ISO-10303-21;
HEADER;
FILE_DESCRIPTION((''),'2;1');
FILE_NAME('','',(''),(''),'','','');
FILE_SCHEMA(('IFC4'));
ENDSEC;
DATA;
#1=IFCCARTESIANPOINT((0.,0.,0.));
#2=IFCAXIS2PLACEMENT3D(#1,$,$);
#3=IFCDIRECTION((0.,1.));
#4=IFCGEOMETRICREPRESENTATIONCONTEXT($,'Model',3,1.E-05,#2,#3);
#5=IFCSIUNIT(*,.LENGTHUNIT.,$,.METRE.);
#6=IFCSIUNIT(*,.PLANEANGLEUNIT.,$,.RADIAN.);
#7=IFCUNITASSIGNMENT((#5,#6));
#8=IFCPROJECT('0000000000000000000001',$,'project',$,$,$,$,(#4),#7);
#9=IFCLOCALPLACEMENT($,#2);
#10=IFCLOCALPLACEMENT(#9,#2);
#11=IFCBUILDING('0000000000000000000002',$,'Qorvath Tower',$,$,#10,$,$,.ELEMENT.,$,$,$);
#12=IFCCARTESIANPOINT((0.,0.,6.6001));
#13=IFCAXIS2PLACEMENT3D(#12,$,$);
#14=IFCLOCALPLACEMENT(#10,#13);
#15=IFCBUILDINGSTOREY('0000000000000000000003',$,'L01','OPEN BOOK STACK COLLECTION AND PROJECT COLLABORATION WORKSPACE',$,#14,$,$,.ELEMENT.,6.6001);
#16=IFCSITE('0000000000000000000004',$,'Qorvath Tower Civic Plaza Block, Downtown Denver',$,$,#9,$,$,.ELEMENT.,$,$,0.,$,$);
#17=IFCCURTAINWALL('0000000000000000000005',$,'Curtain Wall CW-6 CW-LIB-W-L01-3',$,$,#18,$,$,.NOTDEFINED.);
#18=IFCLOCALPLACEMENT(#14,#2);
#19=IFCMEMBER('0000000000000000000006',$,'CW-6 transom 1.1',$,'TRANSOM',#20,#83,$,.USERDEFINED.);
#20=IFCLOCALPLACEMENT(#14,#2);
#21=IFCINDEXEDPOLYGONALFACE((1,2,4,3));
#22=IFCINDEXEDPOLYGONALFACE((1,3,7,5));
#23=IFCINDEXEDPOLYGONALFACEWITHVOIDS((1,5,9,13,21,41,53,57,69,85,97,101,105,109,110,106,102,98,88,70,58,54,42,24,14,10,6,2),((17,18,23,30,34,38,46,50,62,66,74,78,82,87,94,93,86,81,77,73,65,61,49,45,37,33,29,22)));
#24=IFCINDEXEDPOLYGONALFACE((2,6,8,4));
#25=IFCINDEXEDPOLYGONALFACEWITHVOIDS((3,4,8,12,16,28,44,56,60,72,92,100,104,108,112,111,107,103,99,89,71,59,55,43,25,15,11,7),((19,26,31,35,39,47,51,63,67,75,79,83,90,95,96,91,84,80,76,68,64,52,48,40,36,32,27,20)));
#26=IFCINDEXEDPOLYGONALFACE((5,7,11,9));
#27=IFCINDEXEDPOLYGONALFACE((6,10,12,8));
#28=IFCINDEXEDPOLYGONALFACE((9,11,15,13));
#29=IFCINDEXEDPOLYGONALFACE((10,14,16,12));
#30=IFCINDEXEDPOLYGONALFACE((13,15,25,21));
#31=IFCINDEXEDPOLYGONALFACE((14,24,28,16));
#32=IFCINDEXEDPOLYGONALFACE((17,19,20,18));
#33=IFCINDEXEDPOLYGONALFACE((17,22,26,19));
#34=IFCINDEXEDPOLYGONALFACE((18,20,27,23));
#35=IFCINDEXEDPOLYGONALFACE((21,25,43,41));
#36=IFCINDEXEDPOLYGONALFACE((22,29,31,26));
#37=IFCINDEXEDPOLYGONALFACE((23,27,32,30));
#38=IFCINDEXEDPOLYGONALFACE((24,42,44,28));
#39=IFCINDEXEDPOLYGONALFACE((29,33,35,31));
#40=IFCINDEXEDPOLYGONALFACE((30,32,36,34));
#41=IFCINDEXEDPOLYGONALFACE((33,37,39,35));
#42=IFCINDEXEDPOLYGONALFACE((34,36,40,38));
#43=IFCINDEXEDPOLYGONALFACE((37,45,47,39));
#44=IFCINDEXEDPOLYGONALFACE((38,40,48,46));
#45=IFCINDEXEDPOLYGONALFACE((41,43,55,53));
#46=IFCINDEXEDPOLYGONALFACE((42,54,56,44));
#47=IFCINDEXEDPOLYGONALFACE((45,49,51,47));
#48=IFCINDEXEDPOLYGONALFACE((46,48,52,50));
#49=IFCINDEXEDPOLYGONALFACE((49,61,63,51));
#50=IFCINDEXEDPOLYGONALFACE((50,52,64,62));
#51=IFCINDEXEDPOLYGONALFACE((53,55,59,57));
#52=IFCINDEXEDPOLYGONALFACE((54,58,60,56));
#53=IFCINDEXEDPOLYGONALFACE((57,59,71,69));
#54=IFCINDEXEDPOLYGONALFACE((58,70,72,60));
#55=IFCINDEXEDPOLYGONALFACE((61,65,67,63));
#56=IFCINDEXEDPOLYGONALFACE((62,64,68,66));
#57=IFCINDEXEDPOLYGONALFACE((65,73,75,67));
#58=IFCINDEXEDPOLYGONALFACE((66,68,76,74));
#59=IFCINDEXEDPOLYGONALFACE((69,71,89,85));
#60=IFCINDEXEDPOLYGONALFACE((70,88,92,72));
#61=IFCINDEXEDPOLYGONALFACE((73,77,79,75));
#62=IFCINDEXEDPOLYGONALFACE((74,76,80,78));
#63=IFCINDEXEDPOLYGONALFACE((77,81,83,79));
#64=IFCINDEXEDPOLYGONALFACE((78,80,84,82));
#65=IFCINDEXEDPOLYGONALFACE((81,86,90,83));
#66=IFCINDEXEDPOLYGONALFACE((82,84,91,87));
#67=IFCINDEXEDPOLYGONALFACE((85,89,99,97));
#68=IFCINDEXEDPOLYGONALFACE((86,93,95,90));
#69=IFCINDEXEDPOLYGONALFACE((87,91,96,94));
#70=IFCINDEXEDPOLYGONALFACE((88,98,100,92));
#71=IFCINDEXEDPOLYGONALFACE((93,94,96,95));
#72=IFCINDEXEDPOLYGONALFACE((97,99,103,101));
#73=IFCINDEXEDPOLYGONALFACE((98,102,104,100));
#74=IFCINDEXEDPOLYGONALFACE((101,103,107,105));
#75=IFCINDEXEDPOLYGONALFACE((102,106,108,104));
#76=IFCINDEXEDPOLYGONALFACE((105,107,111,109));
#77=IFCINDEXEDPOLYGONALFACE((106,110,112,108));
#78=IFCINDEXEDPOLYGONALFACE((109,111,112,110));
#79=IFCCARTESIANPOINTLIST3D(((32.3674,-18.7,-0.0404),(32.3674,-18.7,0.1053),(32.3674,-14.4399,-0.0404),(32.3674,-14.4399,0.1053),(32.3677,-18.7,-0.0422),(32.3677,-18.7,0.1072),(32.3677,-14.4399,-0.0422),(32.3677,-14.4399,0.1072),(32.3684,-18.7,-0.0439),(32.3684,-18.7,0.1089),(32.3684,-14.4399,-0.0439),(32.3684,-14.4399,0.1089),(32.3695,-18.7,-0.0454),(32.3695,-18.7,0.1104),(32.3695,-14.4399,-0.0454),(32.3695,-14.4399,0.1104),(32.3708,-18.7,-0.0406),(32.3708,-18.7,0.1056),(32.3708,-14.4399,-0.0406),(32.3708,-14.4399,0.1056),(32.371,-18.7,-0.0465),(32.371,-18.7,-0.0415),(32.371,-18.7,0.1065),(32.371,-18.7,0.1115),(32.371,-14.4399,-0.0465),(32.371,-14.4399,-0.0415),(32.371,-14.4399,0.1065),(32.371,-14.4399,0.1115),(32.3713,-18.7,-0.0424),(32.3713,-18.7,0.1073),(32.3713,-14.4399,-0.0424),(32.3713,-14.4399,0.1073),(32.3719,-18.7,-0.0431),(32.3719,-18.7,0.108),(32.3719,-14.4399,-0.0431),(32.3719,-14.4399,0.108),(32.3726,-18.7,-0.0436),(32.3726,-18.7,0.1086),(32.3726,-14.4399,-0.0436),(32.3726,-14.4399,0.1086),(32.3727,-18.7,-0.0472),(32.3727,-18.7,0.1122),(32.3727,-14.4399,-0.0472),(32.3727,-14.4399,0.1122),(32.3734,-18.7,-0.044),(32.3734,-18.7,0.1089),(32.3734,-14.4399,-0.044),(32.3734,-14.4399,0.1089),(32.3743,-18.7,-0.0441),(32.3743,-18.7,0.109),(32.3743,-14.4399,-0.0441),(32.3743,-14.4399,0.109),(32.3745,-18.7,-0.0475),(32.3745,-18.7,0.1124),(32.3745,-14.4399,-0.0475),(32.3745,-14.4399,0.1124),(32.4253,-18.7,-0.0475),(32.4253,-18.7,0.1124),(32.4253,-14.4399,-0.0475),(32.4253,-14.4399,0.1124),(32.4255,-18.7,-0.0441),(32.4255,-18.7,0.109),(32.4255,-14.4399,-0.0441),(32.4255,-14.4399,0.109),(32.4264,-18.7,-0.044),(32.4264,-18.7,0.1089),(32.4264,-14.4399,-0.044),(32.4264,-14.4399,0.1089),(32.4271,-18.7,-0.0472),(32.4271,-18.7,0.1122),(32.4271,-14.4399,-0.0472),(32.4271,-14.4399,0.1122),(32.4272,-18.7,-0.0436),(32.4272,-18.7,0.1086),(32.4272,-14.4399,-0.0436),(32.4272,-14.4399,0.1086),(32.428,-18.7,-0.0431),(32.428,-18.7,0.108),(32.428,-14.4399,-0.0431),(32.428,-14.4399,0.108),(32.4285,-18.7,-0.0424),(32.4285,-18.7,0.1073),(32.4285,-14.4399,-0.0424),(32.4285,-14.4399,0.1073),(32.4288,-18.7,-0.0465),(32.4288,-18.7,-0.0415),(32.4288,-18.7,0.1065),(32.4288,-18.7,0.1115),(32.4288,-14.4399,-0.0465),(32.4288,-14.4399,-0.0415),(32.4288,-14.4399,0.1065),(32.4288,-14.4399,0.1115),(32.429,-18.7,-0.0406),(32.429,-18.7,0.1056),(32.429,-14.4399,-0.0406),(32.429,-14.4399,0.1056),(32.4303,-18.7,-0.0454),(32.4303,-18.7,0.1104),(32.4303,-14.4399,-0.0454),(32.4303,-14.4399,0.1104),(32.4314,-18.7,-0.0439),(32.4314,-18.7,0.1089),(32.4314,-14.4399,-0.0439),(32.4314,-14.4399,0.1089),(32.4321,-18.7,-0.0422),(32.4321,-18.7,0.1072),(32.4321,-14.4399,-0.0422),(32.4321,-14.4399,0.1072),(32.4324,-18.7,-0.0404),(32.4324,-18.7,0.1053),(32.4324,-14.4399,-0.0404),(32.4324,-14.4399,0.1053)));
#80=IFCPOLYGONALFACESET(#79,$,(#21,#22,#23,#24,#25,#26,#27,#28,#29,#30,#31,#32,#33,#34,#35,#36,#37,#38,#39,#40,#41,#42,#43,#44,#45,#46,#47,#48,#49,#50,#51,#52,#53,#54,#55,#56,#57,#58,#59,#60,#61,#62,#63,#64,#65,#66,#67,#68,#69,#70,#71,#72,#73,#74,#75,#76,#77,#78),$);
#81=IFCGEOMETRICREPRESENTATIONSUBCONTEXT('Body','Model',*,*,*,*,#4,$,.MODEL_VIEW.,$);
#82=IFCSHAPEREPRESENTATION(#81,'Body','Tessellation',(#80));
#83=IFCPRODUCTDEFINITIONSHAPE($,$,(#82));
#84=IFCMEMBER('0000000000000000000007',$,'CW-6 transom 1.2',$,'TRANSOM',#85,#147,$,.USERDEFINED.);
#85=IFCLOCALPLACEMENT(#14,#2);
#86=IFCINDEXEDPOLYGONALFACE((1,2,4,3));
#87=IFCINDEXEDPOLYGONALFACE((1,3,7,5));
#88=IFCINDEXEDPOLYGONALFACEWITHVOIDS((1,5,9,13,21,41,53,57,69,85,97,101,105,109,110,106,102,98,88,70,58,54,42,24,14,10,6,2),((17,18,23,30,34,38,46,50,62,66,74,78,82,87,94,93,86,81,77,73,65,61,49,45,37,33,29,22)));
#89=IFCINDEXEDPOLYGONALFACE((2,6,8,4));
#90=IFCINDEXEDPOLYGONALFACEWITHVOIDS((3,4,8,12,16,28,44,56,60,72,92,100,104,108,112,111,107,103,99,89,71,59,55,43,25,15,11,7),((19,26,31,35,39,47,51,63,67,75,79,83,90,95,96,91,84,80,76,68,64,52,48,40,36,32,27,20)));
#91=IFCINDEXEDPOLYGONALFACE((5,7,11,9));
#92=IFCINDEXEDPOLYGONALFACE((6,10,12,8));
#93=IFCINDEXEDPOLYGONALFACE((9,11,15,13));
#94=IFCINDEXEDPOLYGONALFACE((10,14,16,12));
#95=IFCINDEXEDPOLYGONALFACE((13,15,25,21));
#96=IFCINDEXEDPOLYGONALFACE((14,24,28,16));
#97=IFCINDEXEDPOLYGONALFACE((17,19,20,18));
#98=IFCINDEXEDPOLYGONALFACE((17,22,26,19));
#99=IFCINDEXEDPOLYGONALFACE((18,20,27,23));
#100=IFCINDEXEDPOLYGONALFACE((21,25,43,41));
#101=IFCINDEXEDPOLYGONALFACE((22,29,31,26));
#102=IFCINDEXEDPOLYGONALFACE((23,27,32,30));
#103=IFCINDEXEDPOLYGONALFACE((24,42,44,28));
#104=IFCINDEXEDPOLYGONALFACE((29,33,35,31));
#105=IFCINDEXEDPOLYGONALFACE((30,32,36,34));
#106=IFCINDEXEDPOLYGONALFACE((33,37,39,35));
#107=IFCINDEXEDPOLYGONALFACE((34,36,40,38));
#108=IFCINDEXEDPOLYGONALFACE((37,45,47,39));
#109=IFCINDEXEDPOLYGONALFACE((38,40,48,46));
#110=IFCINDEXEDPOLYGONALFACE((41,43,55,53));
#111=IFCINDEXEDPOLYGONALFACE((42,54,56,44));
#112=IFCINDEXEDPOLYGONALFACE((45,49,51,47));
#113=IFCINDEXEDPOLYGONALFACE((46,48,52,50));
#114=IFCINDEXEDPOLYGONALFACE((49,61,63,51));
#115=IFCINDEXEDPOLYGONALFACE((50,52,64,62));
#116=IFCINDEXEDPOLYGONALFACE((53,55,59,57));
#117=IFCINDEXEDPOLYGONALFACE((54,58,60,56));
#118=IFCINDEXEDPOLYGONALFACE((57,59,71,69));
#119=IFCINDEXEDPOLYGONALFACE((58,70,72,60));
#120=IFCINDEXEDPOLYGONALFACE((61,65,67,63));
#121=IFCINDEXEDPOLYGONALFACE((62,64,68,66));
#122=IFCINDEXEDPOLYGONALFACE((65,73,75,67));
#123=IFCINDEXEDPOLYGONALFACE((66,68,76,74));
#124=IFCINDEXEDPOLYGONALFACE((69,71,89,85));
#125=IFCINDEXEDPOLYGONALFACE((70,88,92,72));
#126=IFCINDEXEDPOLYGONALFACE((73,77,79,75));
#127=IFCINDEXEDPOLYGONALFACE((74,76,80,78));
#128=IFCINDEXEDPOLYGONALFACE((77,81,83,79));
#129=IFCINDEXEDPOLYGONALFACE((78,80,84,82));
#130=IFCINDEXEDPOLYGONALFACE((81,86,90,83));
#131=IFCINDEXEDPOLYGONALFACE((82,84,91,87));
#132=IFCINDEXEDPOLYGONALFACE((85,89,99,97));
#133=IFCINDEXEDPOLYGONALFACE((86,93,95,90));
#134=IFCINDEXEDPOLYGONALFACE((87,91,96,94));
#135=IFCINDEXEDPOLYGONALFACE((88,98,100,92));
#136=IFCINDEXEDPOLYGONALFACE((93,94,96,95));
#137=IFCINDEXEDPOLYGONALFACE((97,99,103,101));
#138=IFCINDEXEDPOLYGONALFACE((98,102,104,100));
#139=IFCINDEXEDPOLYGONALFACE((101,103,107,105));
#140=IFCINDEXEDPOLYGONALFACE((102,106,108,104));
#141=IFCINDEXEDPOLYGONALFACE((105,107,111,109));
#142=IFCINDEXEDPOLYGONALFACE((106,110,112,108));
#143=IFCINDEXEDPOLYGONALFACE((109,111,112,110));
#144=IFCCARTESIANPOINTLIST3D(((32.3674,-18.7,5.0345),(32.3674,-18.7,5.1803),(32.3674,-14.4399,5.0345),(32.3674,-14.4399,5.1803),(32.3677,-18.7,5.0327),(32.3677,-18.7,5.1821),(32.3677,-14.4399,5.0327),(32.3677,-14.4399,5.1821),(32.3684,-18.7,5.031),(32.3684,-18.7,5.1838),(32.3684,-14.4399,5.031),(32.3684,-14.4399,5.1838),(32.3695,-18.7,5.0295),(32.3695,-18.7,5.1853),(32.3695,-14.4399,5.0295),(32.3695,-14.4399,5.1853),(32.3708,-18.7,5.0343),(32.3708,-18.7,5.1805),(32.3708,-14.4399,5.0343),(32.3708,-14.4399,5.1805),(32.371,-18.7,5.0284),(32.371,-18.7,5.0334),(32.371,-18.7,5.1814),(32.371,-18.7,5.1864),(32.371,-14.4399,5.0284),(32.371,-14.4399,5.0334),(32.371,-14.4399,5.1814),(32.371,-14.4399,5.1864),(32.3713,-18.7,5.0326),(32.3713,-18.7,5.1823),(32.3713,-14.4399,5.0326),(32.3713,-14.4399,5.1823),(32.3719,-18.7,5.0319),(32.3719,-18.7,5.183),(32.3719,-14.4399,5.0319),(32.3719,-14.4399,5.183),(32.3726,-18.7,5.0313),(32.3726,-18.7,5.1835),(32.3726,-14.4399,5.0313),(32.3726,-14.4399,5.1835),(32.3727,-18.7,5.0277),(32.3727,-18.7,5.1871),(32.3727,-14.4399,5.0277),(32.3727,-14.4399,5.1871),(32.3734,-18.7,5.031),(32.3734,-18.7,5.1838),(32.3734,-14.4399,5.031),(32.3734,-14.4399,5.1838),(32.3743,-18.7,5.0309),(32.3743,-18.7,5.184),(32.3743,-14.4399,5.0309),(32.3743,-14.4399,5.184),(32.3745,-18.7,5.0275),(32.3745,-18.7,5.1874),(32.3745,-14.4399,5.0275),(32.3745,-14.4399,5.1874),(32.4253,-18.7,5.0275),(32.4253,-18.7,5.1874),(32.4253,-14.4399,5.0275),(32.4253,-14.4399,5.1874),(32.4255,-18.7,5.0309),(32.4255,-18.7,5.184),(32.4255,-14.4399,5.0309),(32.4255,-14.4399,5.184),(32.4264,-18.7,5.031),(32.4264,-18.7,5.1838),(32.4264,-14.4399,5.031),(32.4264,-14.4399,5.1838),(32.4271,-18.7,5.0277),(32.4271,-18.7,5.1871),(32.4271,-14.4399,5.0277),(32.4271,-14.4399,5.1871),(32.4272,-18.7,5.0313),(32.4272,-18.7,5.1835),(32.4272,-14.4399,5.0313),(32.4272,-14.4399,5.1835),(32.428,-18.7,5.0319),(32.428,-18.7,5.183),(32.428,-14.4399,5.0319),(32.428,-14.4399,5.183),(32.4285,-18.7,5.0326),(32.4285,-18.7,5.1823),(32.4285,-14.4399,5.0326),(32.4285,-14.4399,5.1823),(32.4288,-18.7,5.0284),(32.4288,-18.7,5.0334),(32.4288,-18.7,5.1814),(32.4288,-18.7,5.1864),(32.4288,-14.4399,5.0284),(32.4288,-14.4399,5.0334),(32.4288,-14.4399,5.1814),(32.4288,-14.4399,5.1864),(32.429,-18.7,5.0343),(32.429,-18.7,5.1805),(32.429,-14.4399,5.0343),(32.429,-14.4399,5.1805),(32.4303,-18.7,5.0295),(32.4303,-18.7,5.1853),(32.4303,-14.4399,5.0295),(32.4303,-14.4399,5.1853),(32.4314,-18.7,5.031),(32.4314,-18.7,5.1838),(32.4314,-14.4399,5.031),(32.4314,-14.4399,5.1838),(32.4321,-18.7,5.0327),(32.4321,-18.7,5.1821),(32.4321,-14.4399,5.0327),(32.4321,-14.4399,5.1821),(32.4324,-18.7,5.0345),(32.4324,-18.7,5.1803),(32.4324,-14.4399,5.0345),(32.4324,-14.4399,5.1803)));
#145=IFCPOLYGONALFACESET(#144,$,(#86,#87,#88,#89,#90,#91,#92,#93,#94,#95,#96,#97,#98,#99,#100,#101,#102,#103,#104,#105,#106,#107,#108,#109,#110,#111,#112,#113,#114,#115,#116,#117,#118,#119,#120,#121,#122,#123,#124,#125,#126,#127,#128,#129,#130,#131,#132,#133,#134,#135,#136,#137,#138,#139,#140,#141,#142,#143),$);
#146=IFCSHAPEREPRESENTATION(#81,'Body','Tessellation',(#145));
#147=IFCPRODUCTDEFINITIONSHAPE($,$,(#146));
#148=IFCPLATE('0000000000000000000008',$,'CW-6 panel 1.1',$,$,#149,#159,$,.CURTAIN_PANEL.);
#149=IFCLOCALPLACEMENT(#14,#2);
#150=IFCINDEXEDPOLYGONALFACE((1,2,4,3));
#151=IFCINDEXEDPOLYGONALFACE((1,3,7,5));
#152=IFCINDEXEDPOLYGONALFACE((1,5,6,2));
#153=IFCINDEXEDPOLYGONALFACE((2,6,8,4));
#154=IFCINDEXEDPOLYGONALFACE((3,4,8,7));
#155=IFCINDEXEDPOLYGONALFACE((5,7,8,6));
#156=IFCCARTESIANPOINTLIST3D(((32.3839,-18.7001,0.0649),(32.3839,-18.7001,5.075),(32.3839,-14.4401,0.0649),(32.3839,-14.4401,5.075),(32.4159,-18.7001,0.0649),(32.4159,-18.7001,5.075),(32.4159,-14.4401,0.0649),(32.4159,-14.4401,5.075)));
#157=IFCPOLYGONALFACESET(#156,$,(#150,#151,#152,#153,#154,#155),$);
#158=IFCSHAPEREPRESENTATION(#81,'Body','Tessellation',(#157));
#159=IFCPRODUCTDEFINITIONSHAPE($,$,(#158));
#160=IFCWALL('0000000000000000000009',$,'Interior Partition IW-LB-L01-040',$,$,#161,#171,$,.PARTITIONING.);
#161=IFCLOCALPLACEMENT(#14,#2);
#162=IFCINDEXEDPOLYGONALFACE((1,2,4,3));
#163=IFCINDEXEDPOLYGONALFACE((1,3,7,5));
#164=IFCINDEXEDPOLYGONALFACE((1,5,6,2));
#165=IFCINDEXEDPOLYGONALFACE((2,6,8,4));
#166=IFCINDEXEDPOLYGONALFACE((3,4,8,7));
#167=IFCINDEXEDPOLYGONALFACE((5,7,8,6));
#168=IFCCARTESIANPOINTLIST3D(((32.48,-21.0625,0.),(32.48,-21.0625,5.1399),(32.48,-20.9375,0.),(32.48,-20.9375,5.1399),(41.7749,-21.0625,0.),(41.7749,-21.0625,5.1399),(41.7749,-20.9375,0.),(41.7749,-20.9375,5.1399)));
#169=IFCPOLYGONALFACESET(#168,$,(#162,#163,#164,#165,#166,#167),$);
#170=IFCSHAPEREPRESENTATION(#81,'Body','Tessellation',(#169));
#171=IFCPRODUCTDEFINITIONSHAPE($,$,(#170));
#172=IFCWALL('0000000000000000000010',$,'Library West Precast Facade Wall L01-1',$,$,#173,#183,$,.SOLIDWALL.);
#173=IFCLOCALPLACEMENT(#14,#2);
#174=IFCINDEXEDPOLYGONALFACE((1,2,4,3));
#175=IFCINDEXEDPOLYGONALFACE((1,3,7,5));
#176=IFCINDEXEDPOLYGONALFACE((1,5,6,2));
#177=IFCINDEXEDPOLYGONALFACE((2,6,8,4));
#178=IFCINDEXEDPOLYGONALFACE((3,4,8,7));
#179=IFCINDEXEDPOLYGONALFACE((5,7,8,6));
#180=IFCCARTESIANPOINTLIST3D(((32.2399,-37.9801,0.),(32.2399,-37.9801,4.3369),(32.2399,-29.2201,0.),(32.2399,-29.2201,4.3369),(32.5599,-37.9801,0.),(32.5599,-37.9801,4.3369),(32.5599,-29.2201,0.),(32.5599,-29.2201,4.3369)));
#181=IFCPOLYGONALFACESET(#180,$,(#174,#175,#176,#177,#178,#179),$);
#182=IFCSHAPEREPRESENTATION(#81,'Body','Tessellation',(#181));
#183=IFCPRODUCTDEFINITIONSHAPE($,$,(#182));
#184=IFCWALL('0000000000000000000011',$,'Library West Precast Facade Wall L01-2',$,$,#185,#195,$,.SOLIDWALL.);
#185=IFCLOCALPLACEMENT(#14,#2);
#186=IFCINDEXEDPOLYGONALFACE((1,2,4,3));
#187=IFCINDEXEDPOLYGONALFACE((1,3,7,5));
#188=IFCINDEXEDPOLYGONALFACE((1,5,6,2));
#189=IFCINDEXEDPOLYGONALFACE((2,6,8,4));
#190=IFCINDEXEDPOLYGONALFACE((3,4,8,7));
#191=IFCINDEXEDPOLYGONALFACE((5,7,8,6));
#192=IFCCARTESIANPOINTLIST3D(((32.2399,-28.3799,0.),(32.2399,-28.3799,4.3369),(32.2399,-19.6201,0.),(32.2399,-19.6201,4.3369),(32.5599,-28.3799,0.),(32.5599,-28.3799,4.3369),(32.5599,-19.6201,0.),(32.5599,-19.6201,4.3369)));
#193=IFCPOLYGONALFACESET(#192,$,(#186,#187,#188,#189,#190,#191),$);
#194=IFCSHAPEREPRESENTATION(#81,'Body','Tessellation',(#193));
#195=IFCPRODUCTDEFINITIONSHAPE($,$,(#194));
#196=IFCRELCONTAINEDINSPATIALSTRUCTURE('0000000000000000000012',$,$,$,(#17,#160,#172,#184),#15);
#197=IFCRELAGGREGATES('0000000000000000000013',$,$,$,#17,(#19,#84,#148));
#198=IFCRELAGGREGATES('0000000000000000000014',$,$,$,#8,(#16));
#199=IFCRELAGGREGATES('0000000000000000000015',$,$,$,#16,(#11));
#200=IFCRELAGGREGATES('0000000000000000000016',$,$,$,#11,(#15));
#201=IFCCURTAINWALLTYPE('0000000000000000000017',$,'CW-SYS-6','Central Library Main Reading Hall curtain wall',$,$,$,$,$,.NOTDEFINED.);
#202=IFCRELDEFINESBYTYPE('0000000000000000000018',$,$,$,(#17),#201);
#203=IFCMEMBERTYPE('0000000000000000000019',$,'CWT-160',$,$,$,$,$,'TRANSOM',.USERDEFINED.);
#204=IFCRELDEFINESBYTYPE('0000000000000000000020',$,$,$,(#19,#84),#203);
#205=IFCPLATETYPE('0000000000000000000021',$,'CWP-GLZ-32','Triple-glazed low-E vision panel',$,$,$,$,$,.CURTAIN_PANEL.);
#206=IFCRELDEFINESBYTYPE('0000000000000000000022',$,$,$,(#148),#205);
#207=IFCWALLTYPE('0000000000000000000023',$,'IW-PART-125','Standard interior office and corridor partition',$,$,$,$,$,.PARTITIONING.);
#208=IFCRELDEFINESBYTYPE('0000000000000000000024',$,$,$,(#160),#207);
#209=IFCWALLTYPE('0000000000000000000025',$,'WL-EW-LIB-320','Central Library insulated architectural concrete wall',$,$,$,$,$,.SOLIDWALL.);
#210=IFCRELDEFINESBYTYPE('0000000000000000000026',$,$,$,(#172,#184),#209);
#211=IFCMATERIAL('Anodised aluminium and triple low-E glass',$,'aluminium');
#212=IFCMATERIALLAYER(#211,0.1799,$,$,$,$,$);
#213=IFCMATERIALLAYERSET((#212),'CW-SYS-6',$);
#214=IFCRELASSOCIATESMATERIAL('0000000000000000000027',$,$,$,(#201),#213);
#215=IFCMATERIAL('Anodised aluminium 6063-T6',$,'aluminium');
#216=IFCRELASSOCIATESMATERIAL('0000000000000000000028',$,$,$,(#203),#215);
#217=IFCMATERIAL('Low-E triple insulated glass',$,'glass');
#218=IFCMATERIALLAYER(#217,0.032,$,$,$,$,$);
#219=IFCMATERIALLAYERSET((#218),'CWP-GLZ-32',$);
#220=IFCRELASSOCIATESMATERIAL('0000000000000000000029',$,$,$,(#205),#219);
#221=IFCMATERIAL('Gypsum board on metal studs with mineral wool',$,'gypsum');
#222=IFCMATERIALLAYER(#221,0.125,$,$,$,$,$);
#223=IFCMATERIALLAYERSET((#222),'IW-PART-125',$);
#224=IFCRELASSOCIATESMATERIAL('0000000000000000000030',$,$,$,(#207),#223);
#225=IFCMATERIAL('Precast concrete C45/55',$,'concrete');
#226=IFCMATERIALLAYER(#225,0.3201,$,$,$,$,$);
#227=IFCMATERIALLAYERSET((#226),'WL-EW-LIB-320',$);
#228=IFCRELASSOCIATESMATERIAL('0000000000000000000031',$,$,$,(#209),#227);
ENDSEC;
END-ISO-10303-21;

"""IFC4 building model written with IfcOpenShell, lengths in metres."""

from ifc_helpers import new_model, si_unit, direction, frame, frame_2d, origin, origin_2d, place, context, subcontext, project, spatial, rectangle, hollow_rectangle, extrude, material, layer, layer_set, material_profile, profile_set, type_object, element, aggregate, save


model = new_model("IFC4")

# Units and contexts
model_context = context("Model", 3, precision=1e-05, world=origin(), true_north=direction((0.0, 1.0)))
body_context = subcontext(model_context, "Body", "Model", "MODEL_VIEW")
ifc_project = project(units=[si_unit("LENGTHUNIT", "METRE"), si_unit("PLANEANGLEUNIT", "RADIAN")], contexts=[model_context])

# Site, building, storey
site_placement = place(None, origin())
site = spatial("IfcSite", under=ifc_project, at=site_placement, Name="Qorvath Tower Civic Plaza Block, Downtown Denver", CompositionType="ELEMENT", RefElevation=0.0)
building_placement = place(site_placement, origin())
building = spatial("IfcBuilding", under=site, at=building_placement, Name="Qorvath Tower", CompositionType="ELEMENT")
storey_placement = place(building_placement, frame((0.0, 0.0, 6.6001)))
storey = spatial("IfcBuildingStorey", under=building, at=storey_placement, Name="L01", Description="OPEN BOOK STACK COLLECTION AND PROJECT COLLABORATION WORKSPACE", CompositionType="ELEMENT", Elevation=6.6001)

# Curtain wall, members, plate
ifc_material_1 = material(Name="Anodised aluminium and triple low-E glass", Category="aluminium")
ifc_layer_1 = layer(ifc_material_1, 0.1799)
ifc_layer_set_1 = layer_set([ifc_layer_1], Name="CW-SYS-6")
curtain_wall_type = type_object("IfcCurtainWallType", Name="CW-SYS-6", Description="Central Library Main Reading Hall curtain wall", PredefinedType="NOTDEFINED", material=ifc_layer_set_1)
curtain_wall_placement = place(storey_placement, origin())
curtain_wall = element("IfcCurtainWall", 1, at=curtain_wall_placement, inside=storey, type_object=curtain_wall_type, Name="Curtain Wall CW-6 CW-LIB-W-L01-3", PredefinedType="NOTDEFINED")
ifc_material_2 = material(Name="Anodised aluminium 6063-T6", Category="aluminium")
ifc_material_profile_1 = material_profile(ifc_material_2, hollow_rectangle(XDim=0.0649, YDim=0.1599, WallThickness=0.0034, InnerFilletRadius=0.0034, OuterFilletRadius=0.0071, at=origin_2d()), Name="CWT 160x65")
ifc_profile_set_1 = profile_set([ifc_material_profile_1], Name="Anodised aluminium 6063-T6")
member_type_1 = type_object("IfcMemberType", Name="CWT-160", ElementType="TRANSOM", PredefinedType="USERDEFINED", material=ifc_profile_set_1)
member_1_placement = place(storey_placement, frame((32.3999, -18.7, 0.0325), z_axis=(0.0, 1.0, 0.0), x_axis=(-1.0, 0.0, 0.0)))
member_1 = element("IfcMember", 2, at=member_1_placement, type_object=member_type_1, Name="CW-6 transom 1.1", ObjectType="TRANSOM", PredefinedType="USERDEFINED", context=body_context, shape_type="SweptSolid", body=[
    extrude(hollow_rectangle(XDim=0.0649, YDim=0.1599, WallThickness=0.0034, InnerFilletRadius=0.0034, OuterFilletRadius=0.0071, at=origin_2d()), origin(), (0.0, 0.0, 1.0), 4.26),
])
member_2_placement = place(storey_placement, frame((32.3999, -18.7, 5.1074), z_axis=(0.0, 1.0, 0.0), x_axis=(-1.0, 0.0, 0.0)))
member_2 = element("IfcMember", 3, at=member_2_placement, type_object=member_type_1, Name="CW-6 transom 1.2", ObjectType="TRANSOM", PredefinedType="USERDEFINED", context=body_context, shape_type="SweptSolid", body=[
    extrude(hollow_rectangle(XDim=0.0649, YDim=0.1599, WallThickness=0.0034, InnerFilletRadius=0.0034, OuterFilletRadius=0.0071, at=origin_2d()), origin(), (0.0, 0.0, 1.0), 4.26),
])
ifc_material_3 = material(Name="Low-E triple insulated glass", Category="glass")
ifc_layer_2 = layer(ifc_material_3, 0.032)
ifc_layer_set_2 = layer_set([ifc_layer_2], Name="CWP-GLZ-32")
plate_type = type_object("IfcPlateType", Name="CWP-GLZ-32", Description="Triple-glazed low-E vision panel", PredefinedType="CURTAIN_PANEL", material=ifc_layer_set_2)
plate_placement = place(storey_placement, frame((32.3999, -16.5701, 0.0649), z_axis=(0.0, 0.0, 1.0), x_axis=(0.0, 1.0, 0.0)))
plate = element("IfcPlate", 4, at=plate_placement, type_object=plate_type, Name="CW-6 panel 1.1", PredefinedType="CURTAIN_PANEL", context=body_context, shape_type="SweptSolid", body=[
    extrude(rectangle(XDim=4.26, YDim=0.032, at=origin_2d()), origin(), (0.0, 0.0, 1.0), 5.01),
])
aggregate(curtain_wall, [member_1, member_2, plate])

# Walls
ifc_material_4 = material(Name="Gypsum board on metal studs with mineral wool", Category="gypsum")
ifc_layer_3 = layer(ifc_material_4, 0.125)
ifc_layer_set_3 = layer_set([ifc_layer_3], Name="IW-PART-125")
wall_type_1 = type_object("IfcWallType", Name="IW-PART-125", Description="Standard interior office and corridor partition", PredefinedType="PARTITIONING", material=ifc_layer_set_3)
wall_1_placement = place(storey_placement, frame((32.48, -21.0, 0.0), z_axis=(0.0, 0.0, 1.0), x_axis=(1.0, 0.0, 0.0)))
element("IfcWall", 5, at=wall_1_placement, inside=storey, type_object=wall_type_1, Name="Interior Partition IW-LB-L01-040", PredefinedType="PARTITIONING", context=body_context, shape_type="SweptSolid", body=[
    extrude(rectangle(XDim=9.2949, YDim=0.125, at=frame_2d((4.6475, 0.0))), origin(), (0.0, 0.0, 1.0), 5.1399),
])
ifc_material_5 = material(Name="Precast concrete C45/55", Category="concrete")
ifc_layer_4 = layer(ifc_material_5, 0.3201)
ifc_layer_set_4 = layer_set([ifc_layer_4], Name="WL-EW-LIB-320")
wall_type_2 = type_object("IfcWallType", Name="WL-EW-LIB-320", Description="Central Library insulated architectural concrete wall", PredefinedType="SOLIDWALL", material=ifc_layer_set_4)
wall_2_placement = place(storey_placement, frame((32.3999, -37.98, 0.0), z_axis=(0.0, 0.0, 1.0), x_axis=(0.0, 1.0, 0.0)))
element("IfcWall", 6, at=wall_2_placement, inside=storey, type_object=wall_type_2, Name="Library West Precast Facade Wall L01-1", PredefinedType="SOLIDWALL", context=body_context, shape_type="SweptSolid", body=[
    extrude(rectangle(XDim=8.76, YDim=0.3201, at=frame_2d((4.3799, 0.0))), origin(), (0.0, 0.0, 1.0), 4.3369),
])
wall_3_placement = place(storey_placement, frame((32.3999, -28.3799, 0.0), z_axis=(0.0, 0.0, 1.0), x_axis=(0.0, 1.0, 0.0)))
element("IfcWall", 7, at=wall_3_placement, inside=storey, type_object=wall_type_2, Name="Library West Precast Facade Wall L01-2", PredefinedType="SOLIDWALL", context=body_context, shape_type="SweptSolid", body=[
    extrude(rectangle(XDim=8.7598, YDim=0.3201, at=frame_2d((4.3799, 0.0))), origin(), (0.0, 0.0, 1.0), 4.3369),
])

save(model, "model.ifc")
